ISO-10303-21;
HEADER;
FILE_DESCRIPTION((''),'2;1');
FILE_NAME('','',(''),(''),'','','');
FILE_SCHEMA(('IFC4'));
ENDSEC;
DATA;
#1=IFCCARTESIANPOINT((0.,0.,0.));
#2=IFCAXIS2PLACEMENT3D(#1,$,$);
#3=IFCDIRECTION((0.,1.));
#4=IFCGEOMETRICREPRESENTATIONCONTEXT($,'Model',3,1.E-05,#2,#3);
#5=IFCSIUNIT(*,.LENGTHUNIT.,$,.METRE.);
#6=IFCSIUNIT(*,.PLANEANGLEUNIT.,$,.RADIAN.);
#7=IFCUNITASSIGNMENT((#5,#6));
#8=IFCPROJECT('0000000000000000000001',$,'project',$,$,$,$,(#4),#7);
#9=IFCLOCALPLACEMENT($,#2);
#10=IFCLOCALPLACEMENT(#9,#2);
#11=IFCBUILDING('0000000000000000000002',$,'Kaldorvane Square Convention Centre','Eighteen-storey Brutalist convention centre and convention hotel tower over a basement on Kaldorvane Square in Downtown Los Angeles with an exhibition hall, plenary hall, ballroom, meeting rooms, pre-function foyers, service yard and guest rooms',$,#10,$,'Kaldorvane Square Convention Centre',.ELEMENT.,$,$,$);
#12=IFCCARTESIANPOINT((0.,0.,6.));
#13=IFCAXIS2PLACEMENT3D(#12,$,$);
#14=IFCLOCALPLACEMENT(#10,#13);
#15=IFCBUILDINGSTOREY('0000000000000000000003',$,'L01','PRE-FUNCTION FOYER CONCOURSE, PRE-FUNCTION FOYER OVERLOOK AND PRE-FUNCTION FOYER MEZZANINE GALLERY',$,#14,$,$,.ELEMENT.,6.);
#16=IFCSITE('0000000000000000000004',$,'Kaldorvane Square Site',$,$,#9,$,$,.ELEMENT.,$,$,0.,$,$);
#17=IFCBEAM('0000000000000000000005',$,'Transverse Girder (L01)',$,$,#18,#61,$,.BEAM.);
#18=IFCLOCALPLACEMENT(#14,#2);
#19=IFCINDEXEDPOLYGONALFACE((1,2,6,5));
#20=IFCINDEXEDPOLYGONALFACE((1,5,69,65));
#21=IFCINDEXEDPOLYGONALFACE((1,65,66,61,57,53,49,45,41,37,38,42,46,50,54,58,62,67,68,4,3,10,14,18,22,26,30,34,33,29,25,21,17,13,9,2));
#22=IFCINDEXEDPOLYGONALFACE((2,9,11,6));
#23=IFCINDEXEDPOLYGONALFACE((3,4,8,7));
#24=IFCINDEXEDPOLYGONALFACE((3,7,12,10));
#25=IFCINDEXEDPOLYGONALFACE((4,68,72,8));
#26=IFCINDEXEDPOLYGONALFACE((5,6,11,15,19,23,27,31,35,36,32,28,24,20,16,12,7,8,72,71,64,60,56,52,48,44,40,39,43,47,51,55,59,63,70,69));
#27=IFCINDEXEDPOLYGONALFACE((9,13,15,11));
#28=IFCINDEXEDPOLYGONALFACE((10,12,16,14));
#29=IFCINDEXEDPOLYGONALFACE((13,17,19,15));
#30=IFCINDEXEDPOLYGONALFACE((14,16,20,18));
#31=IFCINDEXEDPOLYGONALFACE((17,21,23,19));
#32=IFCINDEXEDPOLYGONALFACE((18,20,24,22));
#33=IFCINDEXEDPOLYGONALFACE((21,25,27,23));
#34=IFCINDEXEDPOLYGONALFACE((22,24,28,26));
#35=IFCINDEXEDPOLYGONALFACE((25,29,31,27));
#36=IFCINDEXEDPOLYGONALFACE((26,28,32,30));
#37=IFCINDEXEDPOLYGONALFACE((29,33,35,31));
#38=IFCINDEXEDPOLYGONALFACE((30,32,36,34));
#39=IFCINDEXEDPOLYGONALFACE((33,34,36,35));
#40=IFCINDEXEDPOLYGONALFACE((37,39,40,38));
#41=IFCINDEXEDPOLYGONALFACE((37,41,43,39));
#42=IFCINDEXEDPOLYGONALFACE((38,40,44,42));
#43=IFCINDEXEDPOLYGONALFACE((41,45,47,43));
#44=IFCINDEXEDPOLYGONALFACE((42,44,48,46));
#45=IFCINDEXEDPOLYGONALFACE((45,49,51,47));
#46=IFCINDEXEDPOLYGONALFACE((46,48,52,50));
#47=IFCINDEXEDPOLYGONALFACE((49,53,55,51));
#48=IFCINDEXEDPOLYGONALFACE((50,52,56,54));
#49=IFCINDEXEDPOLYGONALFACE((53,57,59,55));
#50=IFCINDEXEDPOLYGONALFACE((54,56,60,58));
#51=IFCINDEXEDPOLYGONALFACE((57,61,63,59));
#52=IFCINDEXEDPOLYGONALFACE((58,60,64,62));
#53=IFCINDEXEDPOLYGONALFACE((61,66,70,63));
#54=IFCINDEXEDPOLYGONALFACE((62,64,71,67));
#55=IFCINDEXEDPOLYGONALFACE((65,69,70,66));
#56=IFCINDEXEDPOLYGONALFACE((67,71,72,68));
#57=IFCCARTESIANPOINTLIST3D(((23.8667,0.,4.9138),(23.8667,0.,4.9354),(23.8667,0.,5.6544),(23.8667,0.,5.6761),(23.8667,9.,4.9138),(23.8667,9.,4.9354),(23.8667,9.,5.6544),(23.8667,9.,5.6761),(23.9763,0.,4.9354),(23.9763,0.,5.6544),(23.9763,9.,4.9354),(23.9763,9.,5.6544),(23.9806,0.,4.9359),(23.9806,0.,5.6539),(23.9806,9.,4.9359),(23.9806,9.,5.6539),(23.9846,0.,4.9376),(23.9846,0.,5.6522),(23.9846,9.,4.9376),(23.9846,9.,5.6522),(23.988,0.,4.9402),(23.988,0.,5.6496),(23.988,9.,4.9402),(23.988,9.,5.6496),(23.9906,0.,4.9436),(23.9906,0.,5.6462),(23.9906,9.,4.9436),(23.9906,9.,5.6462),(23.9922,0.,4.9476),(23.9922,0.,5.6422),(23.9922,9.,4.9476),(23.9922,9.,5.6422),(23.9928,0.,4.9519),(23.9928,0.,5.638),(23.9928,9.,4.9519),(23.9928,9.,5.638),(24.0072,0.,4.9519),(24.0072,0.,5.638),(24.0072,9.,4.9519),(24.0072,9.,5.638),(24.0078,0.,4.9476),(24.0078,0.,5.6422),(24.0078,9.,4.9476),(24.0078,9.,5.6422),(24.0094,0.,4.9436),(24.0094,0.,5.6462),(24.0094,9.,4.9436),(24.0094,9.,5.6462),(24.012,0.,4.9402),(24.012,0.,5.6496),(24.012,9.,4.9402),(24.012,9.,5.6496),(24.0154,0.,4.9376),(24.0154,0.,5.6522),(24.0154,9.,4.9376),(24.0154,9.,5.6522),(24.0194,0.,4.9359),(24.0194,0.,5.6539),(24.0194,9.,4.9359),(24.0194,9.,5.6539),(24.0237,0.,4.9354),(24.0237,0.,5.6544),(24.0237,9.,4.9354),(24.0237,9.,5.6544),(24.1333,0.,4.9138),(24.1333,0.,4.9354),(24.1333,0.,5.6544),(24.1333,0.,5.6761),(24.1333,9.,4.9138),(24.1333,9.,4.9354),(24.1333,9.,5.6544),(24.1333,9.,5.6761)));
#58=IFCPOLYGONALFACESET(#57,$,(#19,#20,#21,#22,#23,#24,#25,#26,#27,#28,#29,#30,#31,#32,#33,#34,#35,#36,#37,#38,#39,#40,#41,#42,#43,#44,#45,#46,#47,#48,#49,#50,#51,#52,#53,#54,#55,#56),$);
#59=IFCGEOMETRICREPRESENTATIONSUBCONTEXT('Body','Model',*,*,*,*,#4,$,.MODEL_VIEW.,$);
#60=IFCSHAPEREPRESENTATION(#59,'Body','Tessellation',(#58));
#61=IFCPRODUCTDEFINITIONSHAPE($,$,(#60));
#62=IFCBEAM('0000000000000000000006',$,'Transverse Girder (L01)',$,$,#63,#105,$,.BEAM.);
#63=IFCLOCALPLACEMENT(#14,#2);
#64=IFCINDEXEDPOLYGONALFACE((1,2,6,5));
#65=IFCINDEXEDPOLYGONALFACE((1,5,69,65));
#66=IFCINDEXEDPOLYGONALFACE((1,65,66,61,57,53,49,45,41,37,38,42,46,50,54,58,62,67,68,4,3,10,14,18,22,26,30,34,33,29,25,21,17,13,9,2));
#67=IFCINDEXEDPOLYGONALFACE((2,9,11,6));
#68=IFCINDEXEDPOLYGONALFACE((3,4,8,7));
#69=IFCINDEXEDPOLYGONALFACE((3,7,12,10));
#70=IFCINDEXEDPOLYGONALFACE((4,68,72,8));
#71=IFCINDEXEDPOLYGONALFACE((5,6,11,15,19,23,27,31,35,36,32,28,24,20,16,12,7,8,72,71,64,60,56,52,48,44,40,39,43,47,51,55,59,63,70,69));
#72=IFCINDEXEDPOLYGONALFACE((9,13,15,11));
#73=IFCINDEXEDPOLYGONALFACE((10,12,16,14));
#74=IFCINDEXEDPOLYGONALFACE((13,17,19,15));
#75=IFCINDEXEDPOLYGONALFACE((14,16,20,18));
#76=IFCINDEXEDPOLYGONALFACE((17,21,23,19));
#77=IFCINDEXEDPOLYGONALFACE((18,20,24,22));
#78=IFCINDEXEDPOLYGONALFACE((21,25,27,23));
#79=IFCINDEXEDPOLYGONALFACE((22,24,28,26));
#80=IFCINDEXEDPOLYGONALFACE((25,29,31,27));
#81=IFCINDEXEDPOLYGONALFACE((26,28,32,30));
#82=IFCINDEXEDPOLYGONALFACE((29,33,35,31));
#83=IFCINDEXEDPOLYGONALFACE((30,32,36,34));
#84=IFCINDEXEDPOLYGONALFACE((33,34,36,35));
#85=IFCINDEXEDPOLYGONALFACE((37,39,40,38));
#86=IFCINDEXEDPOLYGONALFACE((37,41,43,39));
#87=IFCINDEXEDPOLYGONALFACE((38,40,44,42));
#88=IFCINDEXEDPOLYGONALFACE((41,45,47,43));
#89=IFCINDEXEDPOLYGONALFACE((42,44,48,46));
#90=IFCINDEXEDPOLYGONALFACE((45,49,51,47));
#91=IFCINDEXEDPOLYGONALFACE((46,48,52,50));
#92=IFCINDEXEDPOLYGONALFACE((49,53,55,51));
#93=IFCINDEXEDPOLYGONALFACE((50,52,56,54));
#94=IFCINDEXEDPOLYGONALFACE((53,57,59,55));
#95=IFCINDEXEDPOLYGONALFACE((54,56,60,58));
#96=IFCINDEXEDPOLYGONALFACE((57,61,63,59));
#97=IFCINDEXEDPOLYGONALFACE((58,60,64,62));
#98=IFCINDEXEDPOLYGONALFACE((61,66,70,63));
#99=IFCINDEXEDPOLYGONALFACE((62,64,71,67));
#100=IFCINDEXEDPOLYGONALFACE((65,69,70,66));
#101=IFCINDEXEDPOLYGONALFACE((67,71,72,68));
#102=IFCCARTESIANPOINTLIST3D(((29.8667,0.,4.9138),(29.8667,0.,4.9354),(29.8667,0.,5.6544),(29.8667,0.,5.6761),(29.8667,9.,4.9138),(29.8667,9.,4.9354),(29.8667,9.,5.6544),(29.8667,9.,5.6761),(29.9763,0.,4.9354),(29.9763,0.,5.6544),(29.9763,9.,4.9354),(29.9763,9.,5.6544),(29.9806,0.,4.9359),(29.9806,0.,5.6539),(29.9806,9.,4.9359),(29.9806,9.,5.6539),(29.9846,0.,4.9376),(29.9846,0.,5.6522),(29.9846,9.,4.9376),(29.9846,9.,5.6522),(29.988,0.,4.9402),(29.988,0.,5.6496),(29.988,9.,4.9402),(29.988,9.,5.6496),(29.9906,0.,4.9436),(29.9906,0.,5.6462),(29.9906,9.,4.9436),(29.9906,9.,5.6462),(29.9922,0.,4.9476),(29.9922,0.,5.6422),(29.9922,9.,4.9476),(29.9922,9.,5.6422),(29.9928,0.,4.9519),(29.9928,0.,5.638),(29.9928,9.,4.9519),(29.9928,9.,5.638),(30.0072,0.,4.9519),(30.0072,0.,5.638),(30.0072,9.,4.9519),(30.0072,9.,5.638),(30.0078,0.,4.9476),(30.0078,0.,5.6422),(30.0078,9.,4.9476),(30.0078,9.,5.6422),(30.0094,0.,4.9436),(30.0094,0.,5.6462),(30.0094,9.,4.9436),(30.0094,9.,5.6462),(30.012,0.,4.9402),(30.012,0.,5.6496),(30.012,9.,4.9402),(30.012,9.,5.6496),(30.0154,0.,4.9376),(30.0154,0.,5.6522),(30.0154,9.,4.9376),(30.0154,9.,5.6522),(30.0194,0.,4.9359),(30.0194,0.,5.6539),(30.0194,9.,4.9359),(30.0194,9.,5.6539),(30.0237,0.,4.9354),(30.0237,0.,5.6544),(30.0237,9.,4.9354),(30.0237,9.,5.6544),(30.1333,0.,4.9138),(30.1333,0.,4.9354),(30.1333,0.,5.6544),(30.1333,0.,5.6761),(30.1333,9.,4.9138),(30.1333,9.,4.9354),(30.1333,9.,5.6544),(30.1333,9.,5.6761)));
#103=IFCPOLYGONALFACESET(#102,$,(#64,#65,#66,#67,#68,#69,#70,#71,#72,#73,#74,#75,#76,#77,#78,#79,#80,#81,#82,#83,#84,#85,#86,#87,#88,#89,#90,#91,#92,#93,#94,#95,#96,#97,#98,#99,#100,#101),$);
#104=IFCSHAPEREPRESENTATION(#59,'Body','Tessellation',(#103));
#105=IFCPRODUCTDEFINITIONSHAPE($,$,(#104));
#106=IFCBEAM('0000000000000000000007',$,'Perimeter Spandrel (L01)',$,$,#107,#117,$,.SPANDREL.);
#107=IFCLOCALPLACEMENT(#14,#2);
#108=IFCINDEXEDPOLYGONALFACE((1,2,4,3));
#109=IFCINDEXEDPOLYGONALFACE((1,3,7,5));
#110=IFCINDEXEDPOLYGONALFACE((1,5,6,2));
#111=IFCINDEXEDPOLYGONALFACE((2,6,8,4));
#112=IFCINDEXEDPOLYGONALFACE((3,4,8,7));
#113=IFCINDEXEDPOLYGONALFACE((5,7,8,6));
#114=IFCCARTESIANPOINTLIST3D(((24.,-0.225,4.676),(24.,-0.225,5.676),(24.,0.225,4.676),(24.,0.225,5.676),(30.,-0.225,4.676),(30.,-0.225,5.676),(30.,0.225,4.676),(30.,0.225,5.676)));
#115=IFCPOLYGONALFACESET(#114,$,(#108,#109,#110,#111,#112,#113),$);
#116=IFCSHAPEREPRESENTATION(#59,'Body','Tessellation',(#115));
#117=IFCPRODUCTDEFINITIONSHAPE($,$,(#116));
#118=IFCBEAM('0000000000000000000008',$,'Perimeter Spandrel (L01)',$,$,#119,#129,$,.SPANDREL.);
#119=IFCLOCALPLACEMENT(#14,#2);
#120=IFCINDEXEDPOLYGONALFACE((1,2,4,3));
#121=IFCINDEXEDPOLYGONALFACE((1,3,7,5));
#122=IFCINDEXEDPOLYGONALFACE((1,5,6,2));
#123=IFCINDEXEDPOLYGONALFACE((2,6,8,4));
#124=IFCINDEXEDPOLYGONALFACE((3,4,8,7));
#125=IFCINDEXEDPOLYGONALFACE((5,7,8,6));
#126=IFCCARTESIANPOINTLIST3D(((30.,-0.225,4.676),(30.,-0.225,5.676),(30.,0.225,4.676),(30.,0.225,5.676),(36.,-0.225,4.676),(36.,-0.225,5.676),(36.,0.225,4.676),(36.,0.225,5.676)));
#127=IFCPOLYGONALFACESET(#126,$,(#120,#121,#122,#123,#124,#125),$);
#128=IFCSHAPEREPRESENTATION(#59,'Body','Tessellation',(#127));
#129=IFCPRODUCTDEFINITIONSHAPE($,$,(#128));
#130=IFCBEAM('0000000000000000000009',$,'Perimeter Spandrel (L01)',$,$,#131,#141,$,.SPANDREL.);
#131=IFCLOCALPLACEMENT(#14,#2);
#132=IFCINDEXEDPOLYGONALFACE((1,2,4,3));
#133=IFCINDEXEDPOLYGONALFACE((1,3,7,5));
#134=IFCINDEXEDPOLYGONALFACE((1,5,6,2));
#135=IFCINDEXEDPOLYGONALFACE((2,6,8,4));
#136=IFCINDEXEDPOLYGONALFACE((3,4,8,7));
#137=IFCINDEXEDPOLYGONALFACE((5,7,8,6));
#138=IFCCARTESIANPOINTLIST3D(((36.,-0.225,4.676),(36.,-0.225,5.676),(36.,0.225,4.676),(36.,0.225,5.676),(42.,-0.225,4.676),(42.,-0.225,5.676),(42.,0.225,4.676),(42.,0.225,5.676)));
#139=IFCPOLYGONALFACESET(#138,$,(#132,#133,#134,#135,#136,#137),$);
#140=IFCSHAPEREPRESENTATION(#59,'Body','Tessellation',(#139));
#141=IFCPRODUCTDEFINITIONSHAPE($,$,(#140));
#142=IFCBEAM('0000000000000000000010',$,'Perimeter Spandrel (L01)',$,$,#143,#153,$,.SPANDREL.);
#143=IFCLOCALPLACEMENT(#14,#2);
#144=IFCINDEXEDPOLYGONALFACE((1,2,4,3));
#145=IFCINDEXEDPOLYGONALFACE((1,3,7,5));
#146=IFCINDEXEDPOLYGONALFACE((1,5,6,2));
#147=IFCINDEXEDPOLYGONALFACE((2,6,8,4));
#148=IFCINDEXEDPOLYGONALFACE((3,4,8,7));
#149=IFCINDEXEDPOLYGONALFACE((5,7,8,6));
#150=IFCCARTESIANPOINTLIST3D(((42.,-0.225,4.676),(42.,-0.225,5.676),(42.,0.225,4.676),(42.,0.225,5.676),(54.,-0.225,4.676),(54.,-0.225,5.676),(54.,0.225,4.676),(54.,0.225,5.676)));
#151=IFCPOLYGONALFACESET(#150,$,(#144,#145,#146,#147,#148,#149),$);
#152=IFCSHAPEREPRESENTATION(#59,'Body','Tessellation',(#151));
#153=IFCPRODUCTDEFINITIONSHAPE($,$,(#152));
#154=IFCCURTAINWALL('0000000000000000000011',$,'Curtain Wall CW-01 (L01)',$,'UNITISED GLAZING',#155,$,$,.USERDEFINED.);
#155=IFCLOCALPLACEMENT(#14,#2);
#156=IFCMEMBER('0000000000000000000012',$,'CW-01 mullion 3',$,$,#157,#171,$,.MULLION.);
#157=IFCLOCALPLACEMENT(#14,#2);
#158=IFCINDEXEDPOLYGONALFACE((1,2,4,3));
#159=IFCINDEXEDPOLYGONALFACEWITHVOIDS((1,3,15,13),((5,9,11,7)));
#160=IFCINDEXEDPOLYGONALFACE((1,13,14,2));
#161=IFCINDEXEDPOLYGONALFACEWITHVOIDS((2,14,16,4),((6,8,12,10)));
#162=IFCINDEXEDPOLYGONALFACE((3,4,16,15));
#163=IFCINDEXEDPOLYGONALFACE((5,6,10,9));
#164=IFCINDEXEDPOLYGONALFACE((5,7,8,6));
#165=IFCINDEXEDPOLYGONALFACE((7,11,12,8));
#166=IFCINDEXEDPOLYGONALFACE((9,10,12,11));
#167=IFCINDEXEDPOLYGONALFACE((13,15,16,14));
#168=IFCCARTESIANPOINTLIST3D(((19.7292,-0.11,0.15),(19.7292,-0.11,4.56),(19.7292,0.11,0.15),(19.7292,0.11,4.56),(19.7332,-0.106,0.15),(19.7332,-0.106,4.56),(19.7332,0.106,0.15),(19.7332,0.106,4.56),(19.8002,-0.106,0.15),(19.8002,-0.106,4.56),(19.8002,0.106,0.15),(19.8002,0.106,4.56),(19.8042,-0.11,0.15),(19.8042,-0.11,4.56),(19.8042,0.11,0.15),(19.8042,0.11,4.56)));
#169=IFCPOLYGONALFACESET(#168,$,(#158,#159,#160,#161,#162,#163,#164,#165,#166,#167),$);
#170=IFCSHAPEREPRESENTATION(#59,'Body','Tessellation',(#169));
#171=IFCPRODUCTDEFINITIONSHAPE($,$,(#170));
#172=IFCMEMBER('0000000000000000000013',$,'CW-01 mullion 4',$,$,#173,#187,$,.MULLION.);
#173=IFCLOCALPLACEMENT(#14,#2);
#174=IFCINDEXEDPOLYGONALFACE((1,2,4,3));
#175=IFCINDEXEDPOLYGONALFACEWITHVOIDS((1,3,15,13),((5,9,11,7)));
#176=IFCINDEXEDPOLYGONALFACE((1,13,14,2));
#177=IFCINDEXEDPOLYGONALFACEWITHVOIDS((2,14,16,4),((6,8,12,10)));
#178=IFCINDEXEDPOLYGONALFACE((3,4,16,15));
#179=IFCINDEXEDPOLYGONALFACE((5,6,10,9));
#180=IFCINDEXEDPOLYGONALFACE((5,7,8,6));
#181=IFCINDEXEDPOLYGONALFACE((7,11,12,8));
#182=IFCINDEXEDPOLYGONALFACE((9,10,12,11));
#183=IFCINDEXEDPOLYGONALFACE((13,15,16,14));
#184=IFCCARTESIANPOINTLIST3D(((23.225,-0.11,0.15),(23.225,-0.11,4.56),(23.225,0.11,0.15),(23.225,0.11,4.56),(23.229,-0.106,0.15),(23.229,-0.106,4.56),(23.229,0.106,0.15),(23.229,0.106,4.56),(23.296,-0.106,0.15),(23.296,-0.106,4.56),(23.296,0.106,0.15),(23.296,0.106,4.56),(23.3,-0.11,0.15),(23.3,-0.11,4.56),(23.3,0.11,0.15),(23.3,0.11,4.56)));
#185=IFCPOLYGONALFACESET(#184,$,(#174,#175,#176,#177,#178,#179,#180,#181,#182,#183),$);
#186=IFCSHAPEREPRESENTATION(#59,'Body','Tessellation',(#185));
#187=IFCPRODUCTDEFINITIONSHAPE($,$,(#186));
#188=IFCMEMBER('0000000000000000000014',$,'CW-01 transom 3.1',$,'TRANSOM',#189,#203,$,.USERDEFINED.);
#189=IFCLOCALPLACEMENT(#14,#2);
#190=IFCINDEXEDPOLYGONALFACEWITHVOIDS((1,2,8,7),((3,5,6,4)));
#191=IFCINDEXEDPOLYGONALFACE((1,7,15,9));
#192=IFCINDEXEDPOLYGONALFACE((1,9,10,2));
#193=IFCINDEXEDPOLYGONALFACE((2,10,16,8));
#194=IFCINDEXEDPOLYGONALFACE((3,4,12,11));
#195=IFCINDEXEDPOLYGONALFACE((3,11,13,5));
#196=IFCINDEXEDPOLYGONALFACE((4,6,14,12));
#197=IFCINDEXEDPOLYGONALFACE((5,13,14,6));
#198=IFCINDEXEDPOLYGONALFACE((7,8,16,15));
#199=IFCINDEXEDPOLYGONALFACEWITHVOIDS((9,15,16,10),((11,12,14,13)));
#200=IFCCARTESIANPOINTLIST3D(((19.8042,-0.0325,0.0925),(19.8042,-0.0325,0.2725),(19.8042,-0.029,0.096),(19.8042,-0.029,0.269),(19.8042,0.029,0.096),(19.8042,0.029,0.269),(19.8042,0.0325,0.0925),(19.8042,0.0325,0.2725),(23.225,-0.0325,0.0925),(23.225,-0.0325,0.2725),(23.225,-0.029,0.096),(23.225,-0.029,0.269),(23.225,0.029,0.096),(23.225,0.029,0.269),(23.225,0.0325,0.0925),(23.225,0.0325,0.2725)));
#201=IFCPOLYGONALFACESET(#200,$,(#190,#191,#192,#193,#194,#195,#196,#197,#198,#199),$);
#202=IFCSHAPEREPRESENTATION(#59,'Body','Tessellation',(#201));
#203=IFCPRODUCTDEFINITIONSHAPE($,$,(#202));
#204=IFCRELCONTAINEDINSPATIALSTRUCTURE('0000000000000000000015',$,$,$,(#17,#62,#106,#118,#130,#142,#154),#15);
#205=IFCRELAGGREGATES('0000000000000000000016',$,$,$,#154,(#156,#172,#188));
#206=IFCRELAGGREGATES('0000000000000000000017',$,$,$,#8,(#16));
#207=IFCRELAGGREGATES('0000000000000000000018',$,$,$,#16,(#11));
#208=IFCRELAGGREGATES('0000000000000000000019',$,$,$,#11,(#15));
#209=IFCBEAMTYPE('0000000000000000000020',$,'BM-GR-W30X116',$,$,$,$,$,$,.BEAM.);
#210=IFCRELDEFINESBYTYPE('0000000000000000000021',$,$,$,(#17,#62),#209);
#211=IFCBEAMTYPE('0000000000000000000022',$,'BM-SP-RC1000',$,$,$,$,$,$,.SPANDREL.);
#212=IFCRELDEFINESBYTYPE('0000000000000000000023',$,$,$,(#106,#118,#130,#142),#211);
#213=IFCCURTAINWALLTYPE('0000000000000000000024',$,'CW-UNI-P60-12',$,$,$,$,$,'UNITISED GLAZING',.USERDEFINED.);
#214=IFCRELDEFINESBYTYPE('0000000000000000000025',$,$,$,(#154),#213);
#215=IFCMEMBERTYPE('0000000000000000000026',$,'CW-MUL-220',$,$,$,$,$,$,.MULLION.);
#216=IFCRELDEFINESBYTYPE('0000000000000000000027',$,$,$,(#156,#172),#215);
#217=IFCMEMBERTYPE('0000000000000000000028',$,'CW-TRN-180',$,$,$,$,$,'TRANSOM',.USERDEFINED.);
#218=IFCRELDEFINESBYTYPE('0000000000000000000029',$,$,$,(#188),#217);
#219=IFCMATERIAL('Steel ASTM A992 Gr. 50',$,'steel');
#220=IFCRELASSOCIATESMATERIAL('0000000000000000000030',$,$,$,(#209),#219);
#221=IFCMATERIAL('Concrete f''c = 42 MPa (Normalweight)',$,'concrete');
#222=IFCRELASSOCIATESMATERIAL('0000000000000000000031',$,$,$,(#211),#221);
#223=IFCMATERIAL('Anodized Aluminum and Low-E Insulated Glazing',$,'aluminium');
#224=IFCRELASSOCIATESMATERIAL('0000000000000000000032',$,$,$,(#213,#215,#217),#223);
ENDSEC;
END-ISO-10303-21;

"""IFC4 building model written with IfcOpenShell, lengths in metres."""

from ifc_helpers import new_model, si_unit, direction, frame, origin, origin_2d, place, context, subcontext, project, spatial, rectangle, hollow_rectangle, i_section, extrude, material, material_profile, profile_set, type_object, element, aggregate, save


model = new_model("IFC4")

# Units and contexts
model_context = context("Model", 3, precision=1e-05, world=origin(), true_north=direction((0.0, 1.0)))
body_context = subcontext(model_context, "Body", "Model", "MODEL_VIEW")
ifc_project = project(units=[si_unit("LENGTHUNIT", "METRE"), si_unit("PLANEANGLEUNIT", "RADIAN")], contexts=[model_context])

# Site, building, storey
site_placement = place(None, origin())
site = spatial("IfcSite", under=ifc_project, at=site_placement, Name="Kaldorvane Square Site", CompositionType="ELEMENT", RefElevation=0.0)
building_placement = place(site_placement, origin())
building = spatial("IfcBuilding", under=site, at=building_placement, Name="Kaldorvane Square Convention Centre", Description="Eighteen-storey Brutalist convention centre and convention hotel tower over a basement on Kaldorvane Square in Downtown Los Angeles with an exhibition hall, plenary hall, ballroom, meeting rooms, pre-function foyers, service yard and guest rooms", LongName="Kaldorvane Square Convention Centre", CompositionType="ELEMENT")
storey_placement = place(building_placement, frame((0.0, 0.0, 6.0)))
storey = spatial("IfcBuildingStorey", under=building, at=storey_placement, Name="L01", Description="PRE-FUNCTION FOYER CONCOURSE, PRE-FUNCTION FOYER OVERLOOK AND PRE-FUNCTION FOYER MEZZANINE GALLERY", CompositionType="ELEMENT", Elevation=6.0)

# Shared definitions
ifc_material_1 = material(Name="Steel ASTM A992 Gr. 50", Category="steel")

# Beams
ifc_material_profile_1 = material_profile(ifc_material_1, i_section(OverallWidth=0.2666, OverallDepth=0.7623, WebThickness=0.0144, FlangeThickness=0.0216, FilletRadius=0.0165, at=origin_2d()), Name="W30X116")
ifc_profile_set_1 = profile_set([ifc_material_profile_1], Name="Steel ASTM A992 Gr. 50")
beam_type_1 = type_object("IfcBeamType", Name="BM-GR-W30X116", PredefinedType="BEAM", material=ifc_profile_set_1)
for number, where, z_axis, x_axis, name in (
    (1, (24.0, 0.0, 5.2949), (0.0, 1.0, 0.0), (-1.0, 0.0, 0.0), "Transverse Girder (L01)"),
    (2, (30.0, 0.0, 5.2949), (0.0, 1.0, 0.0), (-1.0, 0.0, 0.0), "Transverse Girder (L01)"),
):
    element("IfcBeam", number, at=place(storey_placement, frame(where, z_axis=z_axis, x_axis=x_axis)), inside=storey, type_object=beam_type_1, Name=name, PredefinedType="BEAM", context=body_context, shape_type="SweptSolid", body=[
        extrude(i_section(OverallWidth=0.2666, OverallDepth=0.7623, WebThickness=0.0144, FlangeThickness=0.0216, FilletRadius=0.0165, at=origin_2d()), origin(), (0.0, 0.0, 1.0), 9.0),
    ])
ifc_material_2 = material(Name="Concrete f'c = 42 MPa (Normalweight)", Category="concrete")
ifc_material_profile_2 = material_profile(ifc_material_2, rectangle(XDim=0.45, YDim=1.0, at=origin_2d()), Name="RCSP1000X450")
ifc_profile_set_2 = profile_set([ifc_material_profile_2], Name="Concrete f'c = 42 MPa (Normalweight)")
beam_type_2 = type_object("IfcBeamType", Name="BM-SP-RC1000", PredefinedType="SPANDREL", material=ifc_profile_set_2)
for number, where, z_axis, x_axis, name in (
    (3, (24.0, 0.0, 5.176), (1.0, 0.0, 0.0), (0.0, 1.0, 0.0), "Perimeter Spandrel (L01)"),
    (4, (30.0, 0.0, 5.176), (1.0, 0.0, 0.0), (0.0, 1.0, 0.0), "Perimeter Spandrel (L01)"),
    (5, (36.0, 0.0, 5.176), (1.0, 0.0, 0.0), (0.0, 1.0, 0.0), "Perimeter Spandrel (L01)"),
):
    element("IfcBeam", number, at=place(storey_placement, frame(where, z_axis=z_axis, x_axis=x_axis)), inside=storey, type_object=beam_type_2, Name=name, PredefinedType="SPANDREL", context=body_context, shape_type="SweptSolid", body=[
        extrude(rectangle(XDim=0.45, YDim=1.0, at=origin_2d()), origin(), (0.0, 0.0, 1.0), 6.0),
    ])
beam_placement = place(storey_placement, frame((42.0, 0.0, 5.176), z_axis=(1.0, 0.0, 0.0), x_axis=(0.0, 1.0, 0.0)))
element("IfcBeam", 6, at=beam_placement, inside=storey, type_object=beam_type_2, Name="Perimeter Spandrel (L01)", PredefinedType="SPANDREL", context=body_context, shape_type="SweptSolid", body=[
    extrude(rectangle(XDim=0.45, YDim=1.0, at=origin_2d()), origin(), (0.0, 0.0, 1.0), 12.0),
])

# Curtain wall, members
ifc_material_3 = material(Name="Anodized Aluminum and Low-E Insulated Glazing", Category="aluminium")
curtain_wall_type = type_object("IfcCurtainWallType", Name="CW-UNI-P60-12", ElementType="UNITISED GLAZING", PredefinedType="USERDEFINED", material=ifc_material_3)
curtain_wall_placement = place(storey_placement, origin())
curtain_wall = element("IfcCurtainWall", 7, at=curtain_wall_placement, inside=storey, type_object=curtain_wall_type, Name="Curtain Wall CW-01 (L01)", ObjectType="UNITISED GLAZING", PredefinedType="USERDEFINED")
ifc_material_profile_3 = material_profile(ifc_material_3, hollow_rectangle(XDim=0.075, YDim=0.22, WallThickness=0.004, at=origin_2d()), Name="CWM-220X75")
ifc_profile_set_3 = profile_set([ifc_material_profile_3], Name="Anodized Aluminum and Low-E Insulated Glazing")
member_type_1 = type_object("IfcMemberType", Name="CW-MUL-220", PredefinedType="MULLION", material=ifc_profile_set_3)
member_1_placement = place(storey_placement, frame((19.7667, 0.0, 0.15), z_axis=(0.0, 0.0, 1.0), x_axis=(1.0, 0.0, 0.0)))
member_1 = element("IfcMember", 8, at=member_1_placement, type_object=member_type_1, Name="CW-01 mullion 3", PredefinedType="MULLION", context=body_context, shape_type="SweptSolid", body=[
    extrude(hollow_rectangle(XDim=0.075, YDim=0.22, WallThickness=0.004, at=origin_2d()), origin(), (0.0, 0.0, 1.0), 4.41),
])
member_2_placement = place(storey_placement, frame((23.2625, 0.0, 0.15), z_axis=(0.0, 0.0, 1.0), x_axis=(1.0, 0.0, 0.0)))
member_2 = element("IfcMember", 9, at=member_2_placement, type_object=member_type_1, Name="CW-01 mullion 4", PredefinedType="MULLION", context=body_context, shape_type="SweptSolid", body=[
    extrude(hollow_rectangle(XDim=0.075, YDim=0.22, WallThickness=0.004, at=origin_2d()), origin(), (0.0, 0.0, 1.0), 4.41),
])
ifc_material_profile_4 = material_profile(ifc_material_3, hollow_rectangle(XDim=0.065, YDim=0.18, WallThickness=0.0035, at=origin_2d()), Name="CWT-180X65")
ifc_profile_set_4 = profile_set([ifc_material_profile_4], Name="Anodized Aluminum and Low-E Insulated Glazing")
member_type_2 = type_object("IfcMemberType", Name="CW-TRN-180", ElementType="TRANSOM", PredefinedType="USERDEFINED", material=ifc_profile_set_4)
member_3_placement = place(storey_placement, frame((19.8042, 0.0, 0.1825), z_axis=(1.0, 0.0, 0.0), x_axis=(0.0, 1.0, 0.0)))
member_3 = element("IfcMember", 10, at=member_3_placement, type_object=member_type_2, Name="CW-01 transom 3.1", ObjectType="TRANSOM", PredefinedType="USERDEFINED", context=body_context, shape_type="SweptSolid", body=[
    extrude(hollow_rectangle(XDim=0.065, YDim=0.18, WallThickness=0.0035, at=origin_2d()), origin(), (0.0, 0.0, 1.0), 3.4208),
])

aggregate(curtain_wall, [member_1, member_2, member_3])

save(model, "model.ifc")
